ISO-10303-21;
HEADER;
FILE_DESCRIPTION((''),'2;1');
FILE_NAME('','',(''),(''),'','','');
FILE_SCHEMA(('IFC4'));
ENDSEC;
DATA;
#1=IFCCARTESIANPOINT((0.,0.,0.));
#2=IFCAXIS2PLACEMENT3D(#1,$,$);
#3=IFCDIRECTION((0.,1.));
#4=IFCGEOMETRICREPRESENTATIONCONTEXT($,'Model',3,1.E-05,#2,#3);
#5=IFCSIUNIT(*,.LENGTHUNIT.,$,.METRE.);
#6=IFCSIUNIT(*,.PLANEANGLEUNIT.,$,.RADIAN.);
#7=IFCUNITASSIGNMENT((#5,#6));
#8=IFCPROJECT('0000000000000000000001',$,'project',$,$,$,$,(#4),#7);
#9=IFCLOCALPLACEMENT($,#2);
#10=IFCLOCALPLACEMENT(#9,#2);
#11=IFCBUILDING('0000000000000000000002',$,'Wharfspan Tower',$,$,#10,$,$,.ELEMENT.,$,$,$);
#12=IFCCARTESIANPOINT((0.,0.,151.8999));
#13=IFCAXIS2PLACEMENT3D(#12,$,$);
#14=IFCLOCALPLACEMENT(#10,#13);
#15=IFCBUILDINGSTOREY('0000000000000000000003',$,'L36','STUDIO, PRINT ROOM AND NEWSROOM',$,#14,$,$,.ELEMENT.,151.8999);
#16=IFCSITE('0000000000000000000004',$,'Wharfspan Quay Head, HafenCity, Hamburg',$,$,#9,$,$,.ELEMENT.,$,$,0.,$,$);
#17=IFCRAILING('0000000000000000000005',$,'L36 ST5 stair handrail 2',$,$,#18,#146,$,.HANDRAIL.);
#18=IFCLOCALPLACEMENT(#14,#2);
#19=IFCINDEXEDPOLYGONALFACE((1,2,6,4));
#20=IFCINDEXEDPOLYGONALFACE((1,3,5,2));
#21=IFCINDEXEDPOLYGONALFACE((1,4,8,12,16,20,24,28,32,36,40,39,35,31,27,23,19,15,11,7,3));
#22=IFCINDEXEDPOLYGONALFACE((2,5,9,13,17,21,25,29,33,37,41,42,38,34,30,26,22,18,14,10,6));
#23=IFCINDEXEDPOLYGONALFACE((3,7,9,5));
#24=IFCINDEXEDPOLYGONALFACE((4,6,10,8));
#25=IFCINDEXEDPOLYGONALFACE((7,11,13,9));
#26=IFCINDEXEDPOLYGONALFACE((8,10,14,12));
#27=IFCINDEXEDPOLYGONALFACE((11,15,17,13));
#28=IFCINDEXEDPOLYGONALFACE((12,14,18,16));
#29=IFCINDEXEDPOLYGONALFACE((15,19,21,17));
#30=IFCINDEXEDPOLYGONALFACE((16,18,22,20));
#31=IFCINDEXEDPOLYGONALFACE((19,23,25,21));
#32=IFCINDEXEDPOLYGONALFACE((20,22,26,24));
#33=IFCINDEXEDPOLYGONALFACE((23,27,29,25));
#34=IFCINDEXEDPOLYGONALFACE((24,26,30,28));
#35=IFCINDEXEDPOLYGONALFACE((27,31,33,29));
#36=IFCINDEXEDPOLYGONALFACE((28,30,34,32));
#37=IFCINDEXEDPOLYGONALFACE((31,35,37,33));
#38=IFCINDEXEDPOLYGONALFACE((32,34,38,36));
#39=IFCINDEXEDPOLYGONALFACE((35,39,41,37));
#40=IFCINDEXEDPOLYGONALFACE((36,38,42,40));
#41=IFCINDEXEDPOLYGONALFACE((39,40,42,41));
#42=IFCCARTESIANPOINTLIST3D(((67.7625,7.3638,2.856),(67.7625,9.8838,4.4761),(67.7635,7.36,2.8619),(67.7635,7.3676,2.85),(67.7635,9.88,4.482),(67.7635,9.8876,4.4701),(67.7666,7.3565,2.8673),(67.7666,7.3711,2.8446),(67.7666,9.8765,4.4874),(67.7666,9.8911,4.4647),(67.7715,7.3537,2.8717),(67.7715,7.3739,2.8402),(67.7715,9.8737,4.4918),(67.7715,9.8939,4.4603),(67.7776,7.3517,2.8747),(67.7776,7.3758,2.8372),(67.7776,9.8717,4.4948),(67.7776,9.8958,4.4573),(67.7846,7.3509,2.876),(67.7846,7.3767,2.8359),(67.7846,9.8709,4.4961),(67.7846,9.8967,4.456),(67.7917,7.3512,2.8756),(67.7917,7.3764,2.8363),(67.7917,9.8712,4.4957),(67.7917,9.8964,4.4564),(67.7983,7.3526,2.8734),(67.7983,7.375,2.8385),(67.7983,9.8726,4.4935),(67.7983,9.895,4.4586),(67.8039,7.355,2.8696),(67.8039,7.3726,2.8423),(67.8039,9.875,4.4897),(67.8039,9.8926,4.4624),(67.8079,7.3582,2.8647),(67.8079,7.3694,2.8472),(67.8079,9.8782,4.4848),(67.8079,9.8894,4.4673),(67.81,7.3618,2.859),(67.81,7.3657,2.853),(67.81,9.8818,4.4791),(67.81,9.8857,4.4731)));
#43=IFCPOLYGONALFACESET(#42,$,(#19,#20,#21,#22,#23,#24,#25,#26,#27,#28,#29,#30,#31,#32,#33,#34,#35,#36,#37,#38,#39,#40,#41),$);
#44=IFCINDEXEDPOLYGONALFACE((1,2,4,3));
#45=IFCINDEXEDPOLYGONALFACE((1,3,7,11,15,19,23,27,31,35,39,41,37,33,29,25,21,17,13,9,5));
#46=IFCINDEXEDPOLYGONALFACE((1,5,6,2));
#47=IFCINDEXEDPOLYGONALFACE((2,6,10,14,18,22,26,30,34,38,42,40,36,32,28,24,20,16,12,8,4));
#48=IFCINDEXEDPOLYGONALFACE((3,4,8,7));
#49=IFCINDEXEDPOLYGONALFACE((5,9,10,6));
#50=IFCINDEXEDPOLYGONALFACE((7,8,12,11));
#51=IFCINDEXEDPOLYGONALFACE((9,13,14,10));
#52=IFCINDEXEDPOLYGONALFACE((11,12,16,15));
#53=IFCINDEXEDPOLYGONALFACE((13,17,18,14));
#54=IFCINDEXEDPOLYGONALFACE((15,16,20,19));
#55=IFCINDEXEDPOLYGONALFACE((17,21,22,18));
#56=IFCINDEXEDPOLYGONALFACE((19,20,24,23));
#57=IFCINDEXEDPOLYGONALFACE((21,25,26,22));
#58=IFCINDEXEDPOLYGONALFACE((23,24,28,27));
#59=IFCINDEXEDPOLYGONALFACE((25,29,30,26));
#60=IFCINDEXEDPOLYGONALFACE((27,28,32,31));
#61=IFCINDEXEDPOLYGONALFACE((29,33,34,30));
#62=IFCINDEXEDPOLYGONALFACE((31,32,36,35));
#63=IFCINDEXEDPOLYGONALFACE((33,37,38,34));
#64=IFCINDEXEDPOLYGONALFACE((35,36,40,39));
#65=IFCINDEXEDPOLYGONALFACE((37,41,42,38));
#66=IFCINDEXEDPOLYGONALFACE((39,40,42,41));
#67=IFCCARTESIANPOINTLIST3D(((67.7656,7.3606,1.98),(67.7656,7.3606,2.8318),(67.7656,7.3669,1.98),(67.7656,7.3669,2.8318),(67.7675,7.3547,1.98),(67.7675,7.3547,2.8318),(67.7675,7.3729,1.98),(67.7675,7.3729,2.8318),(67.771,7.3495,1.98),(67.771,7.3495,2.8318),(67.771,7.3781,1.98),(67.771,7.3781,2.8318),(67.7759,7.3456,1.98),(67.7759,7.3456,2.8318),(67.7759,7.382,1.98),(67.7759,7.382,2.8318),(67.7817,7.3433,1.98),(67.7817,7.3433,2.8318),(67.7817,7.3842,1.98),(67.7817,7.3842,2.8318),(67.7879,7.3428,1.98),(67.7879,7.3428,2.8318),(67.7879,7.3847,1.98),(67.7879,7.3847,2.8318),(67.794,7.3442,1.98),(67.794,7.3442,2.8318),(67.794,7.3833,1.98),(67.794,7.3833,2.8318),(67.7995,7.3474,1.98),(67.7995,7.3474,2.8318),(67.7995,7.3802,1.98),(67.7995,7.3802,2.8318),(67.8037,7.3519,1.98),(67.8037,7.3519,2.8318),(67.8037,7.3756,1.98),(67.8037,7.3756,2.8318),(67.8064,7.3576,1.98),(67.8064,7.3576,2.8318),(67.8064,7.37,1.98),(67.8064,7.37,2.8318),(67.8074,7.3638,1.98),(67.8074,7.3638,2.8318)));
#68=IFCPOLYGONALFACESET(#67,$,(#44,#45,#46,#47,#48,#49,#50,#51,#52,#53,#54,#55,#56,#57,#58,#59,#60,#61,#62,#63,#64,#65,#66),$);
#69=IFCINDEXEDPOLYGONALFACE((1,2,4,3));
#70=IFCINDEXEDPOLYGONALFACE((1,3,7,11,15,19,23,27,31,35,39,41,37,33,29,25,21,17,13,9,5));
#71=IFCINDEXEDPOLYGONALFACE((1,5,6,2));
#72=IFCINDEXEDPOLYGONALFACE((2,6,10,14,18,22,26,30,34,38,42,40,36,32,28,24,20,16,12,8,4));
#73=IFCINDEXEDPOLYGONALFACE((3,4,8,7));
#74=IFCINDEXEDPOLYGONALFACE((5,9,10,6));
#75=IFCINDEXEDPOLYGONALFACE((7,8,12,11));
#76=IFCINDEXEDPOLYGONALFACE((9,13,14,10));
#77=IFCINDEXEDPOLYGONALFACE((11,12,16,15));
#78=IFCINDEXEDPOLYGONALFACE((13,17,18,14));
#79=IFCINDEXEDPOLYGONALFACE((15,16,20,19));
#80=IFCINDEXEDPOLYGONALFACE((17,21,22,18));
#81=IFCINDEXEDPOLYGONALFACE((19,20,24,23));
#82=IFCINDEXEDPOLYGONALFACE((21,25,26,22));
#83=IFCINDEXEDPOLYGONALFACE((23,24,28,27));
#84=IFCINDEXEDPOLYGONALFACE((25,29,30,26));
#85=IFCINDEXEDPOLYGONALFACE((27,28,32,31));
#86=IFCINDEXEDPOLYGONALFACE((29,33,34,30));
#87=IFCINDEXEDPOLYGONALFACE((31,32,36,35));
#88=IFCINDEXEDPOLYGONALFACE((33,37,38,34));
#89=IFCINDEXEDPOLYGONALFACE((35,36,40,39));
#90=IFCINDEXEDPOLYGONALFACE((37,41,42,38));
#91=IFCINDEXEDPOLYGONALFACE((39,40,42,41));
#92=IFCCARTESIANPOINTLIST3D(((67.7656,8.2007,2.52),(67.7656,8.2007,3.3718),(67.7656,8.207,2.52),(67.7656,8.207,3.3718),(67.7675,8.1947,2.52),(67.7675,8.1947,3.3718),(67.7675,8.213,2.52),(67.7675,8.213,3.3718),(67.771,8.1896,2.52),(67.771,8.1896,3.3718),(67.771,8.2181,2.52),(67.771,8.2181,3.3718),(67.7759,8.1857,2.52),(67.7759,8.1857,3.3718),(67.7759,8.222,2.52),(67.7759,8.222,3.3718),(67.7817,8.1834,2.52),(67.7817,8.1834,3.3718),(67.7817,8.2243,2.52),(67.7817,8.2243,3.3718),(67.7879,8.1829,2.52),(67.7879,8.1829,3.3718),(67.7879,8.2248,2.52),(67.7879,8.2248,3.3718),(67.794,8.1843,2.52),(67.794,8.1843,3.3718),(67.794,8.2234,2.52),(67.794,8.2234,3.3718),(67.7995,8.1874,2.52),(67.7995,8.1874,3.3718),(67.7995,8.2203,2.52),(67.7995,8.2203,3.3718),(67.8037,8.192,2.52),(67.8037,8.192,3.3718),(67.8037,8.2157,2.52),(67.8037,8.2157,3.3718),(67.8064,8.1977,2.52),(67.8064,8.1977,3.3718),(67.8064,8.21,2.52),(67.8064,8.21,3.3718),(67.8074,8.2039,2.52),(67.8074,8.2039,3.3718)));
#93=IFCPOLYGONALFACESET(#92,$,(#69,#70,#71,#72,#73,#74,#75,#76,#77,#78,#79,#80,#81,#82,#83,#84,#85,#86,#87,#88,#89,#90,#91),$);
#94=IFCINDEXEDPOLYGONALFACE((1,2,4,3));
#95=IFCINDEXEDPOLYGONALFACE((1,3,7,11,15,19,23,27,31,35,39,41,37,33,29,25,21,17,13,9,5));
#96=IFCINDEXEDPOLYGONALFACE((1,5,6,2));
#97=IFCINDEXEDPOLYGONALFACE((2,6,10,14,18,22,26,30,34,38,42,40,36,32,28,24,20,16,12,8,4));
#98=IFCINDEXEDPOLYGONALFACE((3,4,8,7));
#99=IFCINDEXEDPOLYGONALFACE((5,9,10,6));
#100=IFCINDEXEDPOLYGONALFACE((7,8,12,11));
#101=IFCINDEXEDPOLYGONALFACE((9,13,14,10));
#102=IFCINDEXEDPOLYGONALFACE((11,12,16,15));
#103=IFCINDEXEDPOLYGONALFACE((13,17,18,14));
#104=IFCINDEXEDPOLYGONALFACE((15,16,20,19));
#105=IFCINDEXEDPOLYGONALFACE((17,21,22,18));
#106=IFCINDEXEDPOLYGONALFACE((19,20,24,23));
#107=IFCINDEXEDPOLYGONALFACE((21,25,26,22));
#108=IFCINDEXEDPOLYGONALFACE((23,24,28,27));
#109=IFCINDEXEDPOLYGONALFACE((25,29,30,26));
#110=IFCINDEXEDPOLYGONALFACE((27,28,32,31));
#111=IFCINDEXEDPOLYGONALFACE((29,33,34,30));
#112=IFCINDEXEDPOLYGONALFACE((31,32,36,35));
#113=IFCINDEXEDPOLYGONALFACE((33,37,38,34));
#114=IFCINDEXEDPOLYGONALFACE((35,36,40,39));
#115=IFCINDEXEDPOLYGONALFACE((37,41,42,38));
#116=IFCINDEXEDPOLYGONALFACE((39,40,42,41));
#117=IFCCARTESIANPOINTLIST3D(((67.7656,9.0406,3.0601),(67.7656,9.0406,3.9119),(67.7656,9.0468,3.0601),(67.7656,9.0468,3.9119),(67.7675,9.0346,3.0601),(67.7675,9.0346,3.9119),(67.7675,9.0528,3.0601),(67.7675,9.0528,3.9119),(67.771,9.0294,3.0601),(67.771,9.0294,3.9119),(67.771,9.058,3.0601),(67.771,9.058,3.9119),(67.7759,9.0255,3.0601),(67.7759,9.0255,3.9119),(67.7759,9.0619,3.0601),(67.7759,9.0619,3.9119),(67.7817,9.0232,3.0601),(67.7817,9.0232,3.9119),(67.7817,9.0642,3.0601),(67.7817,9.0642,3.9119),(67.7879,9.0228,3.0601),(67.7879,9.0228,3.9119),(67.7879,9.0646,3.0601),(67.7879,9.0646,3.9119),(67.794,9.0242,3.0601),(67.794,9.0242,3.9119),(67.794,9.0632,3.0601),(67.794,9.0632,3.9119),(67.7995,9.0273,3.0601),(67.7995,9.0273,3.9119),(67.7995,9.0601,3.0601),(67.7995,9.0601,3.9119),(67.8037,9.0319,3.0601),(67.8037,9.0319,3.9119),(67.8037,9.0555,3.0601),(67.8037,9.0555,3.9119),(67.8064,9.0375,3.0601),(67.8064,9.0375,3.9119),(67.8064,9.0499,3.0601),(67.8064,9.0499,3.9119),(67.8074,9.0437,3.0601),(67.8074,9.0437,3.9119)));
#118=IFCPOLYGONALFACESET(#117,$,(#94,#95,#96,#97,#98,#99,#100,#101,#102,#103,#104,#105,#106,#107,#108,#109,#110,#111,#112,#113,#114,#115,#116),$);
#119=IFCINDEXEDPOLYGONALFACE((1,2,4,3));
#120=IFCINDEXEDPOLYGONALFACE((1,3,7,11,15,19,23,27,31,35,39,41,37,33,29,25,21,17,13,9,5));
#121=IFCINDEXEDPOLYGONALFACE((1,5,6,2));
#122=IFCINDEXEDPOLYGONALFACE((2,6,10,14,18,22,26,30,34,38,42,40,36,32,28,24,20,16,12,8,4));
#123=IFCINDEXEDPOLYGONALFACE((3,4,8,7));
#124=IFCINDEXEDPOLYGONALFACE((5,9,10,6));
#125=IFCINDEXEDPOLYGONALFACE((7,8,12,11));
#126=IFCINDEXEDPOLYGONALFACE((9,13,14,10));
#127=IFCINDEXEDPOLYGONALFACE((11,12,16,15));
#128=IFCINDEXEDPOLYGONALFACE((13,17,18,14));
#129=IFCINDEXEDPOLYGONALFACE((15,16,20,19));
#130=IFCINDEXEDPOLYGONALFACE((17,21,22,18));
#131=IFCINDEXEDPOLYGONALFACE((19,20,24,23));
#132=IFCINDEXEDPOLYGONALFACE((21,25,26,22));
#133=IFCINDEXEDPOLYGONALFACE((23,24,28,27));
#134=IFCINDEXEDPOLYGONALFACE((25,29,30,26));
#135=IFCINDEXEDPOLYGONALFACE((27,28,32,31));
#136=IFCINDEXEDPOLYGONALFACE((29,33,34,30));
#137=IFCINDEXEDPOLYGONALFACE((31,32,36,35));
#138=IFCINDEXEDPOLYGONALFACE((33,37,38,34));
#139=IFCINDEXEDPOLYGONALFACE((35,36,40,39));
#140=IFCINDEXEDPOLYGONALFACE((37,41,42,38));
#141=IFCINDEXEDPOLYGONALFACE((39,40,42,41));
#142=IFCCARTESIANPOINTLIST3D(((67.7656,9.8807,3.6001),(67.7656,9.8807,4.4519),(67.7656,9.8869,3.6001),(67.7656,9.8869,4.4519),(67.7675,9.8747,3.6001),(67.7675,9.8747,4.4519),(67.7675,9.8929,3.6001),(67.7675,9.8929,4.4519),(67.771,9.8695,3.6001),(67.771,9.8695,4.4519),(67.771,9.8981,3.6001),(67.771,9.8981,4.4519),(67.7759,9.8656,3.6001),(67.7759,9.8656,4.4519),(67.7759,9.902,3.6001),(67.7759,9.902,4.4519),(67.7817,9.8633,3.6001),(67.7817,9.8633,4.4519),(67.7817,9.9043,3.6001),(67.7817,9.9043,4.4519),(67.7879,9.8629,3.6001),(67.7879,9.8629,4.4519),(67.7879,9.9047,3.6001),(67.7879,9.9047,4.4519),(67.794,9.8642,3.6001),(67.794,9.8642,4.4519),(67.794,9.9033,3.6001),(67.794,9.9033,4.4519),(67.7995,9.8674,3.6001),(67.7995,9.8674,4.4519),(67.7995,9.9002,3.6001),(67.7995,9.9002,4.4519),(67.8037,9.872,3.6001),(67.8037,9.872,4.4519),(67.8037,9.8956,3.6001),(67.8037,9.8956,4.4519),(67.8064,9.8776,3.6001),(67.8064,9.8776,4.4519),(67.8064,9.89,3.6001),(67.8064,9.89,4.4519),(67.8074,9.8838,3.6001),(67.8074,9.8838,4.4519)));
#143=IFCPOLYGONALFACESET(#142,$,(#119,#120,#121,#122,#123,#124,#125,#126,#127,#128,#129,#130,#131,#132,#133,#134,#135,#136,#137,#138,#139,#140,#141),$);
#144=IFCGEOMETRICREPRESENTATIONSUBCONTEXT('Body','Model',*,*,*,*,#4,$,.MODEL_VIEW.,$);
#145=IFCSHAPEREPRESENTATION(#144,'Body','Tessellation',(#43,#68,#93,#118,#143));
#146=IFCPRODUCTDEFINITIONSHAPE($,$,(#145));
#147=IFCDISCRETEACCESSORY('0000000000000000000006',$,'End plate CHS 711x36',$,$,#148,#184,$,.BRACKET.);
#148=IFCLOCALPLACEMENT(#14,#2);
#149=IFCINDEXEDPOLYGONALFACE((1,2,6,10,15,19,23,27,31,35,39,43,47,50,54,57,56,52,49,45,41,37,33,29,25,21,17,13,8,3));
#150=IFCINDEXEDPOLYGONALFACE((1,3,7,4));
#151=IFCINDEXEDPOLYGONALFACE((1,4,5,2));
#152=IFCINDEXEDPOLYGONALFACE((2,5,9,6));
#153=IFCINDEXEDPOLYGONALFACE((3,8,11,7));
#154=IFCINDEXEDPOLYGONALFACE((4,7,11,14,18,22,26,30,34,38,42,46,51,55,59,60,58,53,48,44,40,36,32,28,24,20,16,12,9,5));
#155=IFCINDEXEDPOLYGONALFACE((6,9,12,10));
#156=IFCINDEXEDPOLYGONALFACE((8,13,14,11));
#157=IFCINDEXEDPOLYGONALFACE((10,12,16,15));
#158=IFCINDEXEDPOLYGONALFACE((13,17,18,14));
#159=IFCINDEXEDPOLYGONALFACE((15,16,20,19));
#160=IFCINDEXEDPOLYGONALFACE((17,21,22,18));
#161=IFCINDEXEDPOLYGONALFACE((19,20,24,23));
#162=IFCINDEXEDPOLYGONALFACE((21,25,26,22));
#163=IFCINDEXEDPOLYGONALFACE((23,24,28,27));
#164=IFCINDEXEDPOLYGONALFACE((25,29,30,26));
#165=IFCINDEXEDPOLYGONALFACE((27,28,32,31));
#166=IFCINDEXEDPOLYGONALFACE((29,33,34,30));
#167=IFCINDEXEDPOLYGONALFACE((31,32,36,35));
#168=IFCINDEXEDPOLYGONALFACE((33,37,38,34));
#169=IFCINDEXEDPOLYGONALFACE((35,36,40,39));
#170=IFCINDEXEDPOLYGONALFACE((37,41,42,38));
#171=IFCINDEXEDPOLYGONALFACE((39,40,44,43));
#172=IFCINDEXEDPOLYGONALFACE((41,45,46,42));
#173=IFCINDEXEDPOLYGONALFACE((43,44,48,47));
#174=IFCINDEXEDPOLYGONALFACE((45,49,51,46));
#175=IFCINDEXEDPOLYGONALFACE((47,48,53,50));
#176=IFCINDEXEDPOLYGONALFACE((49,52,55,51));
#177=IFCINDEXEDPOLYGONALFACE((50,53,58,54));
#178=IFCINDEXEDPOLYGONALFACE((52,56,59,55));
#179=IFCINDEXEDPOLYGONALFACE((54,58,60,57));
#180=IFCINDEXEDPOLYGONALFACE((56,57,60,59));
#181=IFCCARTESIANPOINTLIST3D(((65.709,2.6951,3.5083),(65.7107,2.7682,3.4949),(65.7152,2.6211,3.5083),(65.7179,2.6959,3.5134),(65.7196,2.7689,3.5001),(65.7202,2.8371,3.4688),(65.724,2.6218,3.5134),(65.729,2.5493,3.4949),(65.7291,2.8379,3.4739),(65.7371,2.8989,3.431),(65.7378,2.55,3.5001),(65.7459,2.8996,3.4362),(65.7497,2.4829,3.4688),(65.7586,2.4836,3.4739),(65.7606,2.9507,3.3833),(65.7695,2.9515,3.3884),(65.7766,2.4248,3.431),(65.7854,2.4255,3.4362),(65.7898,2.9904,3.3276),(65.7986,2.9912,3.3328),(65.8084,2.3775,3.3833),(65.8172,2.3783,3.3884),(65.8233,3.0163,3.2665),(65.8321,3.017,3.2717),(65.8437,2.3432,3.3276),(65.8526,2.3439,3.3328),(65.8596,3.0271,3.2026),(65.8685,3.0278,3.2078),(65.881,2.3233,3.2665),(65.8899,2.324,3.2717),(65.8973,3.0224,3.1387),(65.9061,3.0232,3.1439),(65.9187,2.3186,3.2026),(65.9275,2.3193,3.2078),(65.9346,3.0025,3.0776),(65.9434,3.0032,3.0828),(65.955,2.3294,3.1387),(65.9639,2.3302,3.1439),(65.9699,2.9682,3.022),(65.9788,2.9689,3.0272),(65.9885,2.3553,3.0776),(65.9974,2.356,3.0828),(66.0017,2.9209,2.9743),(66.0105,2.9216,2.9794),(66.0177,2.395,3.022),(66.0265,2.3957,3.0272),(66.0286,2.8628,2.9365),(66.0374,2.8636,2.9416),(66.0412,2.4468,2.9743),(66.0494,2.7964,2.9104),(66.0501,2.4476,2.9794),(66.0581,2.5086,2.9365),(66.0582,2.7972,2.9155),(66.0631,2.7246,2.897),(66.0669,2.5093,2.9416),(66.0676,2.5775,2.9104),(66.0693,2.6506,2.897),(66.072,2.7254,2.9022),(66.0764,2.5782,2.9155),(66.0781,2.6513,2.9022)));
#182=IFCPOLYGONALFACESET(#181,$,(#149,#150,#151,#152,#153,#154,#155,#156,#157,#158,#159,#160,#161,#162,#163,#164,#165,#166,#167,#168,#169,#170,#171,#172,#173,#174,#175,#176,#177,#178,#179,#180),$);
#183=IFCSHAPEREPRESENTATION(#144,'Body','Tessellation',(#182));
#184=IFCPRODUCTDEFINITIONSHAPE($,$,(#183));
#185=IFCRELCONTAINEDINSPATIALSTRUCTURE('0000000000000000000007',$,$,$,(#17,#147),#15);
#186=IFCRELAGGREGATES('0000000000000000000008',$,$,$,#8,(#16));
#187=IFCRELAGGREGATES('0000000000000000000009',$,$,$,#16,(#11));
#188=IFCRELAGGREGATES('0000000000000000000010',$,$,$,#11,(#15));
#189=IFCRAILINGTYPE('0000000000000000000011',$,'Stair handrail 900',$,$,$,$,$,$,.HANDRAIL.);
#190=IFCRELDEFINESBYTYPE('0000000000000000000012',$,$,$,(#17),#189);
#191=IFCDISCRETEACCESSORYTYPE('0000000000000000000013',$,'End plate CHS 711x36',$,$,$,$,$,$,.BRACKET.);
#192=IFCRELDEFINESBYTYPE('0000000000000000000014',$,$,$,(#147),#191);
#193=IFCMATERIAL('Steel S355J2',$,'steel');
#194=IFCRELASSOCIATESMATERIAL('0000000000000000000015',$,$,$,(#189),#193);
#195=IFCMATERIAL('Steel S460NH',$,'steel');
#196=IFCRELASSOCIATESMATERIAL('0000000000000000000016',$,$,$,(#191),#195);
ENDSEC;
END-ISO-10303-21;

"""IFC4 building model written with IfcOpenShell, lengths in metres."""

from ifc_helpers import new_model, si_unit, direction, frame, origin, origin_2d, place, context, subcontext, project, spatial, circle, extrude, material, material_profile, profile_set, type_object, element, save


model = new_model("IFC4")

# Units and contexts
model_context = context("Model", 3, precision=1e-05, world=origin(), true_north=direction((0.0, 1.0)))
body_context = subcontext(model_context, "Body", "Model", "MODEL_VIEW")
ifc_project = project(units=[si_unit("LENGTHUNIT", "METRE"), si_unit("PLANEANGLEUNIT", "RADIAN")], contexts=[model_context])

# Site, building, storey
site_placement = place(None, origin())
site = spatial("IfcSite", under=ifc_project, at=site_placement, Name="Wharfspan Quay Head, HafenCity, Hamburg", CompositionType="ELEMENT", RefElevation=0.0)
building_placement = place(site_placement, origin())
building = spatial("IfcBuilding", under=site, at=building_placement, Name="Wharfspan Tower", CompositionType="ELEMENT")
storey_placement = place(building_placement, frame((0.0, 0.0, 151.8999)))
storey = spatial("IfcBuildingStorey", under=building, at=storey_placement, Name="L36", Description="STUDIO, PRINT ROOM AND NEWSROOM", CompositionType="ELEMENT", Elevation=151.8999)

# Shared definitions
ifc_material_1 = material(Name="Steel S355J2", Category="steel")

# Shared definitions
ifc_material_2 = material(Name="Steel S460NH", Category="steel")

# Railing
railing_type_1 = type_object("IfcRailingType", Name="Stair handrail 900", PredefinedType="HANDRAIL", material=ifc_material_1)
railing_1_placement = place(storey_placement, frame((67.7864, 7.3638, 1.98)))
element("IfcRailing", 1, at=railing_1_placement, inside=storey, type_object=railing_type_1, Name="L36 ST5 stair handrail 2", PredefinedType="HANDRAIL", context=body_context, shape_type="SweptSolid", body=[
    extrude(circle(Radius=0.0239, at=origin_2d()), frame((0.0, 0.0, 0.876), z_axis=(0.0, 0.841163, 0.540782), x_axis=(-1.0, 0.0, 0.0)), (0.0, 0.0, 1.0), 2.9958),
    extrude(circle(Radius=0.021, at=origin_2d()), origin(), (0.0, 0.0, 1.0), 0.8518),
    extrude(circle(Radius=0.021, at=origin_2d()), frame((0.0, 0.8401, 0.54)), (0.0, 0.0, 1.0), 0.8518),
    extrude(circle(Radius=0.021, at=origin_2d()), frame((0.0, 1.6799, 1.0801)), (0.0, 0.0, 1.0), 0.8518),
    extrude(circle(Radius=0.021, at=origin_2d()), frame((0.0, 2.52, 1.6201)), (0.0, 0.0, 1.0), 0.8518),
])

# Discrete accessory
ifc_material_profile_1 = material_profile(ifc_material_2, circle(Radius=0.3555, at=origin_2d()))
ifc_profile_set_1 = profile_set([ifc_material_profile_1], Name="Steel S460NH")
discrete_accessory_type = type_object("IfcDiscreteAccessoryType", Name="End plate CHS 711x36", PredefinedType="BRACKET", material=ifc_profile_set_1)
discrete_accessory_1_placement = place(storey_placement, frame((65.8892, 2.6729, 3.2026), z_axis=(0.86155, 0.071796, 0.502571), x_axis=(-0.083046, 0.99655, 0.0)))
element("IfcDiscreteAccessory", 2, at=discrete_accessory_1_placement, inside=storey, type_object=discrete_accessory_type, Name="End plate CHS 711x36", PredefinedType="BRACKET", context=body_context, shape_type="SweptSolid", body=[
    extrude(circle(Radius=0.3555, at=origin_2d()), origin(), (0.0, 0.0, 1.0), 0.0103),
])

save(model, "model.ifc")
